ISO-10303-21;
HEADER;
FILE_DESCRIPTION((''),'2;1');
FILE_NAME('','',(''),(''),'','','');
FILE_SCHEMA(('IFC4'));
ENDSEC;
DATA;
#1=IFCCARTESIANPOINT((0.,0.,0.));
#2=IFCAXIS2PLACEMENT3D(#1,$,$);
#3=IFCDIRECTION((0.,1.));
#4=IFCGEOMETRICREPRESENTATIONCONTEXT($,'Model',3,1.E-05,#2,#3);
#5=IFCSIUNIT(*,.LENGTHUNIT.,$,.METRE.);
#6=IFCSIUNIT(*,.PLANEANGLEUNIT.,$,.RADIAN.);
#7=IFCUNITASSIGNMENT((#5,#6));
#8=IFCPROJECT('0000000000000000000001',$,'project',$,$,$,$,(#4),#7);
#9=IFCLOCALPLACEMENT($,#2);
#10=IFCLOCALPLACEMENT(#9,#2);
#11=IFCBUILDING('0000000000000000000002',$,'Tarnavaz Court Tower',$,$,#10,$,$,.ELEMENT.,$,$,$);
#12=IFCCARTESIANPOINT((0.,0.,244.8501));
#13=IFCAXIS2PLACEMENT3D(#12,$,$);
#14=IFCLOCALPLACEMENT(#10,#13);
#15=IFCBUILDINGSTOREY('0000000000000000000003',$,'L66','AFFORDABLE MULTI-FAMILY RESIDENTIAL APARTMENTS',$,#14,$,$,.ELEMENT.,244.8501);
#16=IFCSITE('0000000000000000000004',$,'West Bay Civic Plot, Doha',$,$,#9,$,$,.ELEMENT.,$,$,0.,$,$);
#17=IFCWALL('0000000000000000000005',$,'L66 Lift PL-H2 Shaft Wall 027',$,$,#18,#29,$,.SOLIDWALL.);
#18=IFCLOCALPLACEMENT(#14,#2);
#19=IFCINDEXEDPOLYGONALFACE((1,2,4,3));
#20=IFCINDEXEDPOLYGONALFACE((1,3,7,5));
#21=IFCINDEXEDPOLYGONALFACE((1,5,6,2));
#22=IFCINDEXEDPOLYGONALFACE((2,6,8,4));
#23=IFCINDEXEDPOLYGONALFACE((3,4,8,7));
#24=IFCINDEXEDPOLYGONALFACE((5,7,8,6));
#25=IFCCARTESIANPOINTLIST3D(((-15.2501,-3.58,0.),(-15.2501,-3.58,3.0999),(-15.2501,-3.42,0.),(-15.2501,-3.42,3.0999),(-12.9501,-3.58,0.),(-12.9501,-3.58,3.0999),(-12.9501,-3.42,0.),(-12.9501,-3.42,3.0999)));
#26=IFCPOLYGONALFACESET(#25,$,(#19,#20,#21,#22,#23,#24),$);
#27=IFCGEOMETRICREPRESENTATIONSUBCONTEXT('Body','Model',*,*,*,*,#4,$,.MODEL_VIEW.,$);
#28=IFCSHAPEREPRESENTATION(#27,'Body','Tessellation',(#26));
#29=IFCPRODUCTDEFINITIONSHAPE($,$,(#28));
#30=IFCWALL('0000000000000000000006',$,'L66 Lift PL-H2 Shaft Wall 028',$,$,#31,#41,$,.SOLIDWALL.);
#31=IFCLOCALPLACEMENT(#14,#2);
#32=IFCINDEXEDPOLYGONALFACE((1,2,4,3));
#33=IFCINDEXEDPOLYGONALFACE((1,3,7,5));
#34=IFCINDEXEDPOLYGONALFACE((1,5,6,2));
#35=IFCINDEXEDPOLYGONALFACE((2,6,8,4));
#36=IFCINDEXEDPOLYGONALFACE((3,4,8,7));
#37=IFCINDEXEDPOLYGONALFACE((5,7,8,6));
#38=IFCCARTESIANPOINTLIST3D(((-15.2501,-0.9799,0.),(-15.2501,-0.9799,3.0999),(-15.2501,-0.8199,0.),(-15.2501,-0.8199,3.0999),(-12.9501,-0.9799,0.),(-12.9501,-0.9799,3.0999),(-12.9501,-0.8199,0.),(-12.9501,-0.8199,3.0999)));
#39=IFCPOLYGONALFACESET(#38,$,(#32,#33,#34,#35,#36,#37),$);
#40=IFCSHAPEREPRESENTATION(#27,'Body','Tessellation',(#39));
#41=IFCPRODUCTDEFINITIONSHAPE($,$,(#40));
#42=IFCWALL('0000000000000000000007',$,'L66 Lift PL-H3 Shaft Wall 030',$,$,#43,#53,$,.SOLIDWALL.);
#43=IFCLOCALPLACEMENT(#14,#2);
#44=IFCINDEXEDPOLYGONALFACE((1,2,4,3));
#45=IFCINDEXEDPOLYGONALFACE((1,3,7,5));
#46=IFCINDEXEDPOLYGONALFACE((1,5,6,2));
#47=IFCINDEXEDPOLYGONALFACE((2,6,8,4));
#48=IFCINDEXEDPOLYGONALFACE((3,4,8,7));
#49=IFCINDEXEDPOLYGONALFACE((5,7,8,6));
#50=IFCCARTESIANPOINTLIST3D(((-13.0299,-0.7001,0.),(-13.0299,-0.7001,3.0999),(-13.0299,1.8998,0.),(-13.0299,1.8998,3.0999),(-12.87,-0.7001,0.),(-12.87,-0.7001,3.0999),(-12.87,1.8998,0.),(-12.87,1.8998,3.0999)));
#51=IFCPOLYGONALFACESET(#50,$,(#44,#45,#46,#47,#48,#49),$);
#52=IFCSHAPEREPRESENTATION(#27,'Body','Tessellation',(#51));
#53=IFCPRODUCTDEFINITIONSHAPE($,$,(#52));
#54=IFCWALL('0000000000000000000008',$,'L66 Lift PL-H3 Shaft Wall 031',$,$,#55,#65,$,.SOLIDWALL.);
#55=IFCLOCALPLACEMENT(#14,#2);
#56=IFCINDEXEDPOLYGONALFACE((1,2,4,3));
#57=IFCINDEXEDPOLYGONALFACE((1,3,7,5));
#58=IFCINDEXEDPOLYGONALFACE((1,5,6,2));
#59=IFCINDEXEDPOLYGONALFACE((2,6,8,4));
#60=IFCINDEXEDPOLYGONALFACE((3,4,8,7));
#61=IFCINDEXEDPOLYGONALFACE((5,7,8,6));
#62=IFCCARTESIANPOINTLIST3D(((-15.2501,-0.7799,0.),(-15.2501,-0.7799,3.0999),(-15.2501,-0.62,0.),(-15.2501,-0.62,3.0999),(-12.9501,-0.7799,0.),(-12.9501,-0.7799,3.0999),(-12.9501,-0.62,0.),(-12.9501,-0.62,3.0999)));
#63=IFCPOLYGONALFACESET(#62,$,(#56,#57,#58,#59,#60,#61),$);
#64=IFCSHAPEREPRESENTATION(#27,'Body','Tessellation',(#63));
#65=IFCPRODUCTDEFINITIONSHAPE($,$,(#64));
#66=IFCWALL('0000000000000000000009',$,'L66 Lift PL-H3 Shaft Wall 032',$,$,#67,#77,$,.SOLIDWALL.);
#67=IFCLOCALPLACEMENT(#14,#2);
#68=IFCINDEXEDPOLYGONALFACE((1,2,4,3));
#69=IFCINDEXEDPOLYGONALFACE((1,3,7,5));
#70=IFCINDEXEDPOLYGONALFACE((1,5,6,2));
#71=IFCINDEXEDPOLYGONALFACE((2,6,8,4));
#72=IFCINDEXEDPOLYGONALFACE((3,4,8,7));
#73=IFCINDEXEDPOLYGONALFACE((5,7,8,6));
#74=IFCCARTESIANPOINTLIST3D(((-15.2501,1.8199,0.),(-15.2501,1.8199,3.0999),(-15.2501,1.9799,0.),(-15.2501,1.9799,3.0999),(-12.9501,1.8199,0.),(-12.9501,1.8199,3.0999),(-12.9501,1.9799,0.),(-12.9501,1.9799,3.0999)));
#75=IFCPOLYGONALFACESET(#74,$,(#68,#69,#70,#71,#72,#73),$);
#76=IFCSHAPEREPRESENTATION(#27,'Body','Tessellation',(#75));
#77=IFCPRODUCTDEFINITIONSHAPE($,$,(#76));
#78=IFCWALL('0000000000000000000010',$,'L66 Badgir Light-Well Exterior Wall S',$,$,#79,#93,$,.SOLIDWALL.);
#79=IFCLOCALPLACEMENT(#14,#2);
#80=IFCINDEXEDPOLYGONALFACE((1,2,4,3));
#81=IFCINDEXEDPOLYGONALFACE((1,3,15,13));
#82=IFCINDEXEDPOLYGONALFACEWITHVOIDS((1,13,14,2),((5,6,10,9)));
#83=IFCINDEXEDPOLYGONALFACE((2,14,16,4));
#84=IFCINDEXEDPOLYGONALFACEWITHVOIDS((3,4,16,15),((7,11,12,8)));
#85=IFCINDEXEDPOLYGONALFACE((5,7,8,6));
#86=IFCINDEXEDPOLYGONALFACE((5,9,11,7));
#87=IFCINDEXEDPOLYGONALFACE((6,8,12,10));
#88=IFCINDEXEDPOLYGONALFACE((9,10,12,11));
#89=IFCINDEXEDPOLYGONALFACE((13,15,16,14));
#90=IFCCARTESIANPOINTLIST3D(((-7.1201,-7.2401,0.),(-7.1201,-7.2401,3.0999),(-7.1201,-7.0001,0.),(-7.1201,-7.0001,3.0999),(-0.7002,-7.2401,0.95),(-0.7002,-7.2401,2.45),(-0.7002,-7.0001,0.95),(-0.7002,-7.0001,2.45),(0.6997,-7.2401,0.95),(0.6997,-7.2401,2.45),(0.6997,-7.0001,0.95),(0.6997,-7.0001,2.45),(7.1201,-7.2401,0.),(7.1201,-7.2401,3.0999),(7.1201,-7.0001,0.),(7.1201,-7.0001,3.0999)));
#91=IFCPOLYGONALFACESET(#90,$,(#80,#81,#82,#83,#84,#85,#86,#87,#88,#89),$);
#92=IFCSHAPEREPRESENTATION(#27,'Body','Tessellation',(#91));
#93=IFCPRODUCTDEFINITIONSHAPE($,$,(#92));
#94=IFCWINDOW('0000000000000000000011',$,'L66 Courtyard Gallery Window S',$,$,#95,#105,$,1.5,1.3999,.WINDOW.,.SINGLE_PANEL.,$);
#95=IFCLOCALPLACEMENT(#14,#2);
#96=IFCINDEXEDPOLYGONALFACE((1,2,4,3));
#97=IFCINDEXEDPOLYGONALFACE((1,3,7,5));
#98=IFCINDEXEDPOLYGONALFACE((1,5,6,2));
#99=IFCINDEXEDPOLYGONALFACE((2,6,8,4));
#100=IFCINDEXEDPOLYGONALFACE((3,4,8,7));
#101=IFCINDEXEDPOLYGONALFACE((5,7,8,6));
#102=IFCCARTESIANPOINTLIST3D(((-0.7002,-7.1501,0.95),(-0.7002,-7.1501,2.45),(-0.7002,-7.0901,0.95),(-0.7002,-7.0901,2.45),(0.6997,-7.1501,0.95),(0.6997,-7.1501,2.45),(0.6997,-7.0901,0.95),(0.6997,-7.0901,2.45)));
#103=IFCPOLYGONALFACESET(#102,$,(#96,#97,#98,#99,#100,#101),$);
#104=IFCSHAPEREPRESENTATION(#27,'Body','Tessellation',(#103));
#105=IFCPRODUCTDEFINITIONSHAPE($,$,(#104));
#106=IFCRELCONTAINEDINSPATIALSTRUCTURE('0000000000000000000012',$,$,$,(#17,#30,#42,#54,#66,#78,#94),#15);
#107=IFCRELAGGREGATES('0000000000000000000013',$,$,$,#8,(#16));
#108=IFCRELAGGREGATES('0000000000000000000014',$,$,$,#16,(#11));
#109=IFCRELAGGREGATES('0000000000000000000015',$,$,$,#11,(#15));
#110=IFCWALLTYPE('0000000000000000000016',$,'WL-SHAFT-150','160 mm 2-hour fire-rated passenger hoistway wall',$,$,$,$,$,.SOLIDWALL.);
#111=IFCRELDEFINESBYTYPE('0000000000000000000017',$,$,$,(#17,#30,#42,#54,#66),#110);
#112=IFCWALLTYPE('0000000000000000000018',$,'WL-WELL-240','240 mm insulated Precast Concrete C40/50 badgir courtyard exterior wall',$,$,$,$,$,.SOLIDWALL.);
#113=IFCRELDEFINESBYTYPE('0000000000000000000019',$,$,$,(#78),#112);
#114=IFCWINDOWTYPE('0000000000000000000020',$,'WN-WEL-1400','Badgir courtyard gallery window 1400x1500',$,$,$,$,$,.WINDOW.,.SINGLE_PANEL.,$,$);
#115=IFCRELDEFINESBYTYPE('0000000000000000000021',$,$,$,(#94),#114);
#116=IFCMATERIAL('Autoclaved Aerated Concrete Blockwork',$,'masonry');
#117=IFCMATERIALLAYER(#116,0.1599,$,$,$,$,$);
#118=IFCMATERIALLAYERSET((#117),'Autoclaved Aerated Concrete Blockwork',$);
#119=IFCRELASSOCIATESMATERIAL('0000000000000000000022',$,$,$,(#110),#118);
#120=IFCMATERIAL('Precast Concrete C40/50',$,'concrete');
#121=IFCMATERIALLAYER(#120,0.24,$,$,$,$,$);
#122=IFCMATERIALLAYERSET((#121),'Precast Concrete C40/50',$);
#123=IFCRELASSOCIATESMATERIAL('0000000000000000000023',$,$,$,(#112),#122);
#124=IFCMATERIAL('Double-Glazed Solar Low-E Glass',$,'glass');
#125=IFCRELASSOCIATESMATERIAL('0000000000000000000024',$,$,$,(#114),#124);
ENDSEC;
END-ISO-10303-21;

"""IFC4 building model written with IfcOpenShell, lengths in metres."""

from ifc_helpers import new_model, si_unit, direction, frame, frame_2d, origin, place, context, subcontext, project, spatial, rectangle, extrude, material, layer, layer_set, type_object, element, fill, save


model = new_model("IFC4")

# Units and contexts
model_context = context("Model", 3, precision=1e-05, world=origin(), true_north=direction((0.0, 1.0)))
body_context = subcontext(model_context, "Body", "Model", "MODEL_VIEW")
ifc_project = project(units=[si_unit("LENGTHUNIT", "METRE"), si_unit("PLANEANGLEUNIT", "RADIAN")], contexts=[model_context])

# Site, building, storey
site_placement = place(None, origin())
site = spatial("IfcSite", under=ifc_project, at=site_placement, Name="West Bay Civic Plot, Doha", CompositionType="ELEMENT", RefElevation=0.0)
building_placement = place(site_placement, origin())
building = spatial("IfcBuilding", under=site, at=building_placement, Name="Tarnavaz Court Tower", CompositionType="ELEMENT")
storey_placement = place(building_placement, frame((0.0, 0.0, 244.8501)))
storey = spatial("IfcBuildingStorey", under=building, at=storey_placement, Name="L66", Description="AFFORDABLE MULTI-FAMILY RESIDENTIAL APARTMENTS", CompositionType="ELEMENT", Elevation=244.8501)

# Shared definitions
ifc_material_1 = material(Name="Autoclaved Aerated Concrete Blockwork", Category="masonry")
ifc_layer_1 = layer(ifc_material_1, 0.1599)
ifc_layer_set_1 = layer_set([ifc_layer_1], Name="Autoclaved Aerated Concrete Blockwork")
wall_type_1 = type_object("IfcWallType", Name="WL-SHAFT-150", Description="160 mm 2-hour fire-rated passenger hoistway wall", PredefinedType="SOLIDWALL", material=ifc_layer_set_1)

# Walls
for number, where, z_axis, x_axis, name in (
    (1, (-15.25, -3.5, 0.0), (0.0, 0.0, 1.0), (1.0, 0.0, 0.0), "L66 Lift PL-H2 Shaft Wall 027"),
    (2, (-15.25, -0.8999, 0.0), (0.0, 0.0, 1.0), (1.0, 0.0, 0.0), "L66 Lift PL-H2 Shaft Wall 028"),
):
    element("IfcWall", number, at=place(storey_placement, frame(where, z_axis=z_axis, x_axis=x_axis)), inside=storey, type_object=wall_type_1, Name=name, PredefinedType="SOLIDWALL", context=body_context, shape_type="SweptSolid", body=[
        extrude(rectangle(XDim=2.3, YDim=0.1599, at=frame_2d((1.1499, 0.0))), origin(), (0.0, 0.0, 1.0), 3.0999),
    ])

# Walls
wall_1_placement = place(storey_placement, frame((-12.95, -0.7, 0.0), z_axis=(0.0, 0.0, 1.0), x_axis=(0.0, 1.0, 0.0)))
element("IfcWall", 3, at=wall_1_placement, inside=storey, type_object=wall_type_1, Name="L66 Lift PL-H3 Shaft Wall 030", PredefinedType="SOLIDWALL", context=body_context, shape_type="SweptSolid", body=[
    extrude(rectangle(XDim=2.5999, YDim=0.1599, at=frame_2d((1.2998, 0.0))), origin(), (0.0, 0.0, 1.0), 3.0999),
])
for number, where, z_axis, x_axis, name in (
    (4, (-15.25, -0.7, 0.0), (0.0, 0.0, 1.0), (1.0, 0.0, 0.0), "L66 Lift PL-H3 Shaft Wall 031"),
    (5, (-15.25, 1.8999, 0.0), (0.0, 0.0, 1.0), (1.0, 0.0, 0.0), "L66 Lift PL-H3 Shaft Wall 032"),
):
    element("IfcWall", number, at=place(storey_placement, frame(where, z_axis=z_axis, x_axis=x_axis)), inside=storey, type_object=wall_type_1, Name=name, PredefinedType="SOLIDWALL", context=body_context, shape_type="SweptSolid", body=[
        extrude(rectangle(XDim=2.3, YDim=0.1599, at=frame_2d((1.1499, 0.0))), origin(), (0.0, 0.0, 1.0), 3.0999),
    ])

# Wall, opening, window
ifc_material_2 = material(Name="Precast Concrete C40/50", Category="concrete")
ifc_layer_2 = layer(ifc_material_2, 0.24)
ifc_layer_set_2 = layer_set([ifc_layer_2], Name="Precast Concrete C40/50")
wall_type_2 = type_object("IfcWallType", Name="WL-WELL-240", Description="240 mm insulated Precast Concrete C40/50 badgir courtyard exterior wall", PredefinedType="SOLIDWALL", material=ifc_layer_set_2)
wall_2_placement = place(storey_placement, frame((-7.1201, -7.1201, 0.0), z_axis=(0.0, 0.0, 1.0), x_axis=(1.0, 0.0, 0.0)))
wall_2 = element("IfcWall", 6, at=wall_2_placement, inside=storey, type_object=wall_type_2, Name="L66 Badgir Light-Well Exterior Wall S", PredefinedType="SOLIDWALL", context=body_context, shape_type="SweptSolid", body=[
    extrude(rectangle(XDim=14.2402, YDim=0.24, at=frame_2d((7.1201, 0.0))), origin(), (0.0, 0.0, 1.0), 3.0999),
])
opening_1_placement = place(wall_2_placement, frame((6.4199, 0.0, 0.95)))
opening_1 = element("IfcOpeningElement", 7, at=opening_1_placement, cuts=wall_2, PredefinedType="OPENING", context=body_context, shape_type="SweptSolid", body=[
    extrude(rectangle(XDim=1.3999, YDim=1.5, at=frame_2d((0.7, 0.75))), frame((0.0, 0.1299, 0.0), z_axis=(0.0, -1.0, 0.0), x_axis=(1.0, 0.0, 0.0)), (0.0, 0.0, 1.0), 0.26),
])
ifc_material_3 = material(Name="Double-Glazed Solar Low-E Glass", Category="glass")
window_type = type_object("IfcWindowType", Name="WN-WEL-1400", Description="Badgir courtyard gallery window 1400x1500", PartitioningType="SINGLE_PANEL", PredefinedType="WINDOW", material=ifc_material_3)
window_placement = place(opening_1_placement, origin())
window = element("IfcWindow", 8, at=window_placement, inside=storey, type_object=window_type, Name="L66 Courtyard Gallery Window S", OverallHeight=1.5, OverallWidth=1.3999, PartitioningType="SINGLE_PANEL", PredefinedType="WINDOW", context=body_context, shape_type="SweptSolid", body=[
    extrude(rectangle(XDim=1.3999, YDim=1.5, at=frame_2d((0.7, 0.75))), frame((0.0, 0.03, 0.0), z_axis=(0.0, -1.0, 0.0), x_axis=(1.0, 0.0, 0.0)), (0.0, 0.0, 1.0), 0.0601),
])
fill(opening_1, window)

save(model, "model.ifc")
